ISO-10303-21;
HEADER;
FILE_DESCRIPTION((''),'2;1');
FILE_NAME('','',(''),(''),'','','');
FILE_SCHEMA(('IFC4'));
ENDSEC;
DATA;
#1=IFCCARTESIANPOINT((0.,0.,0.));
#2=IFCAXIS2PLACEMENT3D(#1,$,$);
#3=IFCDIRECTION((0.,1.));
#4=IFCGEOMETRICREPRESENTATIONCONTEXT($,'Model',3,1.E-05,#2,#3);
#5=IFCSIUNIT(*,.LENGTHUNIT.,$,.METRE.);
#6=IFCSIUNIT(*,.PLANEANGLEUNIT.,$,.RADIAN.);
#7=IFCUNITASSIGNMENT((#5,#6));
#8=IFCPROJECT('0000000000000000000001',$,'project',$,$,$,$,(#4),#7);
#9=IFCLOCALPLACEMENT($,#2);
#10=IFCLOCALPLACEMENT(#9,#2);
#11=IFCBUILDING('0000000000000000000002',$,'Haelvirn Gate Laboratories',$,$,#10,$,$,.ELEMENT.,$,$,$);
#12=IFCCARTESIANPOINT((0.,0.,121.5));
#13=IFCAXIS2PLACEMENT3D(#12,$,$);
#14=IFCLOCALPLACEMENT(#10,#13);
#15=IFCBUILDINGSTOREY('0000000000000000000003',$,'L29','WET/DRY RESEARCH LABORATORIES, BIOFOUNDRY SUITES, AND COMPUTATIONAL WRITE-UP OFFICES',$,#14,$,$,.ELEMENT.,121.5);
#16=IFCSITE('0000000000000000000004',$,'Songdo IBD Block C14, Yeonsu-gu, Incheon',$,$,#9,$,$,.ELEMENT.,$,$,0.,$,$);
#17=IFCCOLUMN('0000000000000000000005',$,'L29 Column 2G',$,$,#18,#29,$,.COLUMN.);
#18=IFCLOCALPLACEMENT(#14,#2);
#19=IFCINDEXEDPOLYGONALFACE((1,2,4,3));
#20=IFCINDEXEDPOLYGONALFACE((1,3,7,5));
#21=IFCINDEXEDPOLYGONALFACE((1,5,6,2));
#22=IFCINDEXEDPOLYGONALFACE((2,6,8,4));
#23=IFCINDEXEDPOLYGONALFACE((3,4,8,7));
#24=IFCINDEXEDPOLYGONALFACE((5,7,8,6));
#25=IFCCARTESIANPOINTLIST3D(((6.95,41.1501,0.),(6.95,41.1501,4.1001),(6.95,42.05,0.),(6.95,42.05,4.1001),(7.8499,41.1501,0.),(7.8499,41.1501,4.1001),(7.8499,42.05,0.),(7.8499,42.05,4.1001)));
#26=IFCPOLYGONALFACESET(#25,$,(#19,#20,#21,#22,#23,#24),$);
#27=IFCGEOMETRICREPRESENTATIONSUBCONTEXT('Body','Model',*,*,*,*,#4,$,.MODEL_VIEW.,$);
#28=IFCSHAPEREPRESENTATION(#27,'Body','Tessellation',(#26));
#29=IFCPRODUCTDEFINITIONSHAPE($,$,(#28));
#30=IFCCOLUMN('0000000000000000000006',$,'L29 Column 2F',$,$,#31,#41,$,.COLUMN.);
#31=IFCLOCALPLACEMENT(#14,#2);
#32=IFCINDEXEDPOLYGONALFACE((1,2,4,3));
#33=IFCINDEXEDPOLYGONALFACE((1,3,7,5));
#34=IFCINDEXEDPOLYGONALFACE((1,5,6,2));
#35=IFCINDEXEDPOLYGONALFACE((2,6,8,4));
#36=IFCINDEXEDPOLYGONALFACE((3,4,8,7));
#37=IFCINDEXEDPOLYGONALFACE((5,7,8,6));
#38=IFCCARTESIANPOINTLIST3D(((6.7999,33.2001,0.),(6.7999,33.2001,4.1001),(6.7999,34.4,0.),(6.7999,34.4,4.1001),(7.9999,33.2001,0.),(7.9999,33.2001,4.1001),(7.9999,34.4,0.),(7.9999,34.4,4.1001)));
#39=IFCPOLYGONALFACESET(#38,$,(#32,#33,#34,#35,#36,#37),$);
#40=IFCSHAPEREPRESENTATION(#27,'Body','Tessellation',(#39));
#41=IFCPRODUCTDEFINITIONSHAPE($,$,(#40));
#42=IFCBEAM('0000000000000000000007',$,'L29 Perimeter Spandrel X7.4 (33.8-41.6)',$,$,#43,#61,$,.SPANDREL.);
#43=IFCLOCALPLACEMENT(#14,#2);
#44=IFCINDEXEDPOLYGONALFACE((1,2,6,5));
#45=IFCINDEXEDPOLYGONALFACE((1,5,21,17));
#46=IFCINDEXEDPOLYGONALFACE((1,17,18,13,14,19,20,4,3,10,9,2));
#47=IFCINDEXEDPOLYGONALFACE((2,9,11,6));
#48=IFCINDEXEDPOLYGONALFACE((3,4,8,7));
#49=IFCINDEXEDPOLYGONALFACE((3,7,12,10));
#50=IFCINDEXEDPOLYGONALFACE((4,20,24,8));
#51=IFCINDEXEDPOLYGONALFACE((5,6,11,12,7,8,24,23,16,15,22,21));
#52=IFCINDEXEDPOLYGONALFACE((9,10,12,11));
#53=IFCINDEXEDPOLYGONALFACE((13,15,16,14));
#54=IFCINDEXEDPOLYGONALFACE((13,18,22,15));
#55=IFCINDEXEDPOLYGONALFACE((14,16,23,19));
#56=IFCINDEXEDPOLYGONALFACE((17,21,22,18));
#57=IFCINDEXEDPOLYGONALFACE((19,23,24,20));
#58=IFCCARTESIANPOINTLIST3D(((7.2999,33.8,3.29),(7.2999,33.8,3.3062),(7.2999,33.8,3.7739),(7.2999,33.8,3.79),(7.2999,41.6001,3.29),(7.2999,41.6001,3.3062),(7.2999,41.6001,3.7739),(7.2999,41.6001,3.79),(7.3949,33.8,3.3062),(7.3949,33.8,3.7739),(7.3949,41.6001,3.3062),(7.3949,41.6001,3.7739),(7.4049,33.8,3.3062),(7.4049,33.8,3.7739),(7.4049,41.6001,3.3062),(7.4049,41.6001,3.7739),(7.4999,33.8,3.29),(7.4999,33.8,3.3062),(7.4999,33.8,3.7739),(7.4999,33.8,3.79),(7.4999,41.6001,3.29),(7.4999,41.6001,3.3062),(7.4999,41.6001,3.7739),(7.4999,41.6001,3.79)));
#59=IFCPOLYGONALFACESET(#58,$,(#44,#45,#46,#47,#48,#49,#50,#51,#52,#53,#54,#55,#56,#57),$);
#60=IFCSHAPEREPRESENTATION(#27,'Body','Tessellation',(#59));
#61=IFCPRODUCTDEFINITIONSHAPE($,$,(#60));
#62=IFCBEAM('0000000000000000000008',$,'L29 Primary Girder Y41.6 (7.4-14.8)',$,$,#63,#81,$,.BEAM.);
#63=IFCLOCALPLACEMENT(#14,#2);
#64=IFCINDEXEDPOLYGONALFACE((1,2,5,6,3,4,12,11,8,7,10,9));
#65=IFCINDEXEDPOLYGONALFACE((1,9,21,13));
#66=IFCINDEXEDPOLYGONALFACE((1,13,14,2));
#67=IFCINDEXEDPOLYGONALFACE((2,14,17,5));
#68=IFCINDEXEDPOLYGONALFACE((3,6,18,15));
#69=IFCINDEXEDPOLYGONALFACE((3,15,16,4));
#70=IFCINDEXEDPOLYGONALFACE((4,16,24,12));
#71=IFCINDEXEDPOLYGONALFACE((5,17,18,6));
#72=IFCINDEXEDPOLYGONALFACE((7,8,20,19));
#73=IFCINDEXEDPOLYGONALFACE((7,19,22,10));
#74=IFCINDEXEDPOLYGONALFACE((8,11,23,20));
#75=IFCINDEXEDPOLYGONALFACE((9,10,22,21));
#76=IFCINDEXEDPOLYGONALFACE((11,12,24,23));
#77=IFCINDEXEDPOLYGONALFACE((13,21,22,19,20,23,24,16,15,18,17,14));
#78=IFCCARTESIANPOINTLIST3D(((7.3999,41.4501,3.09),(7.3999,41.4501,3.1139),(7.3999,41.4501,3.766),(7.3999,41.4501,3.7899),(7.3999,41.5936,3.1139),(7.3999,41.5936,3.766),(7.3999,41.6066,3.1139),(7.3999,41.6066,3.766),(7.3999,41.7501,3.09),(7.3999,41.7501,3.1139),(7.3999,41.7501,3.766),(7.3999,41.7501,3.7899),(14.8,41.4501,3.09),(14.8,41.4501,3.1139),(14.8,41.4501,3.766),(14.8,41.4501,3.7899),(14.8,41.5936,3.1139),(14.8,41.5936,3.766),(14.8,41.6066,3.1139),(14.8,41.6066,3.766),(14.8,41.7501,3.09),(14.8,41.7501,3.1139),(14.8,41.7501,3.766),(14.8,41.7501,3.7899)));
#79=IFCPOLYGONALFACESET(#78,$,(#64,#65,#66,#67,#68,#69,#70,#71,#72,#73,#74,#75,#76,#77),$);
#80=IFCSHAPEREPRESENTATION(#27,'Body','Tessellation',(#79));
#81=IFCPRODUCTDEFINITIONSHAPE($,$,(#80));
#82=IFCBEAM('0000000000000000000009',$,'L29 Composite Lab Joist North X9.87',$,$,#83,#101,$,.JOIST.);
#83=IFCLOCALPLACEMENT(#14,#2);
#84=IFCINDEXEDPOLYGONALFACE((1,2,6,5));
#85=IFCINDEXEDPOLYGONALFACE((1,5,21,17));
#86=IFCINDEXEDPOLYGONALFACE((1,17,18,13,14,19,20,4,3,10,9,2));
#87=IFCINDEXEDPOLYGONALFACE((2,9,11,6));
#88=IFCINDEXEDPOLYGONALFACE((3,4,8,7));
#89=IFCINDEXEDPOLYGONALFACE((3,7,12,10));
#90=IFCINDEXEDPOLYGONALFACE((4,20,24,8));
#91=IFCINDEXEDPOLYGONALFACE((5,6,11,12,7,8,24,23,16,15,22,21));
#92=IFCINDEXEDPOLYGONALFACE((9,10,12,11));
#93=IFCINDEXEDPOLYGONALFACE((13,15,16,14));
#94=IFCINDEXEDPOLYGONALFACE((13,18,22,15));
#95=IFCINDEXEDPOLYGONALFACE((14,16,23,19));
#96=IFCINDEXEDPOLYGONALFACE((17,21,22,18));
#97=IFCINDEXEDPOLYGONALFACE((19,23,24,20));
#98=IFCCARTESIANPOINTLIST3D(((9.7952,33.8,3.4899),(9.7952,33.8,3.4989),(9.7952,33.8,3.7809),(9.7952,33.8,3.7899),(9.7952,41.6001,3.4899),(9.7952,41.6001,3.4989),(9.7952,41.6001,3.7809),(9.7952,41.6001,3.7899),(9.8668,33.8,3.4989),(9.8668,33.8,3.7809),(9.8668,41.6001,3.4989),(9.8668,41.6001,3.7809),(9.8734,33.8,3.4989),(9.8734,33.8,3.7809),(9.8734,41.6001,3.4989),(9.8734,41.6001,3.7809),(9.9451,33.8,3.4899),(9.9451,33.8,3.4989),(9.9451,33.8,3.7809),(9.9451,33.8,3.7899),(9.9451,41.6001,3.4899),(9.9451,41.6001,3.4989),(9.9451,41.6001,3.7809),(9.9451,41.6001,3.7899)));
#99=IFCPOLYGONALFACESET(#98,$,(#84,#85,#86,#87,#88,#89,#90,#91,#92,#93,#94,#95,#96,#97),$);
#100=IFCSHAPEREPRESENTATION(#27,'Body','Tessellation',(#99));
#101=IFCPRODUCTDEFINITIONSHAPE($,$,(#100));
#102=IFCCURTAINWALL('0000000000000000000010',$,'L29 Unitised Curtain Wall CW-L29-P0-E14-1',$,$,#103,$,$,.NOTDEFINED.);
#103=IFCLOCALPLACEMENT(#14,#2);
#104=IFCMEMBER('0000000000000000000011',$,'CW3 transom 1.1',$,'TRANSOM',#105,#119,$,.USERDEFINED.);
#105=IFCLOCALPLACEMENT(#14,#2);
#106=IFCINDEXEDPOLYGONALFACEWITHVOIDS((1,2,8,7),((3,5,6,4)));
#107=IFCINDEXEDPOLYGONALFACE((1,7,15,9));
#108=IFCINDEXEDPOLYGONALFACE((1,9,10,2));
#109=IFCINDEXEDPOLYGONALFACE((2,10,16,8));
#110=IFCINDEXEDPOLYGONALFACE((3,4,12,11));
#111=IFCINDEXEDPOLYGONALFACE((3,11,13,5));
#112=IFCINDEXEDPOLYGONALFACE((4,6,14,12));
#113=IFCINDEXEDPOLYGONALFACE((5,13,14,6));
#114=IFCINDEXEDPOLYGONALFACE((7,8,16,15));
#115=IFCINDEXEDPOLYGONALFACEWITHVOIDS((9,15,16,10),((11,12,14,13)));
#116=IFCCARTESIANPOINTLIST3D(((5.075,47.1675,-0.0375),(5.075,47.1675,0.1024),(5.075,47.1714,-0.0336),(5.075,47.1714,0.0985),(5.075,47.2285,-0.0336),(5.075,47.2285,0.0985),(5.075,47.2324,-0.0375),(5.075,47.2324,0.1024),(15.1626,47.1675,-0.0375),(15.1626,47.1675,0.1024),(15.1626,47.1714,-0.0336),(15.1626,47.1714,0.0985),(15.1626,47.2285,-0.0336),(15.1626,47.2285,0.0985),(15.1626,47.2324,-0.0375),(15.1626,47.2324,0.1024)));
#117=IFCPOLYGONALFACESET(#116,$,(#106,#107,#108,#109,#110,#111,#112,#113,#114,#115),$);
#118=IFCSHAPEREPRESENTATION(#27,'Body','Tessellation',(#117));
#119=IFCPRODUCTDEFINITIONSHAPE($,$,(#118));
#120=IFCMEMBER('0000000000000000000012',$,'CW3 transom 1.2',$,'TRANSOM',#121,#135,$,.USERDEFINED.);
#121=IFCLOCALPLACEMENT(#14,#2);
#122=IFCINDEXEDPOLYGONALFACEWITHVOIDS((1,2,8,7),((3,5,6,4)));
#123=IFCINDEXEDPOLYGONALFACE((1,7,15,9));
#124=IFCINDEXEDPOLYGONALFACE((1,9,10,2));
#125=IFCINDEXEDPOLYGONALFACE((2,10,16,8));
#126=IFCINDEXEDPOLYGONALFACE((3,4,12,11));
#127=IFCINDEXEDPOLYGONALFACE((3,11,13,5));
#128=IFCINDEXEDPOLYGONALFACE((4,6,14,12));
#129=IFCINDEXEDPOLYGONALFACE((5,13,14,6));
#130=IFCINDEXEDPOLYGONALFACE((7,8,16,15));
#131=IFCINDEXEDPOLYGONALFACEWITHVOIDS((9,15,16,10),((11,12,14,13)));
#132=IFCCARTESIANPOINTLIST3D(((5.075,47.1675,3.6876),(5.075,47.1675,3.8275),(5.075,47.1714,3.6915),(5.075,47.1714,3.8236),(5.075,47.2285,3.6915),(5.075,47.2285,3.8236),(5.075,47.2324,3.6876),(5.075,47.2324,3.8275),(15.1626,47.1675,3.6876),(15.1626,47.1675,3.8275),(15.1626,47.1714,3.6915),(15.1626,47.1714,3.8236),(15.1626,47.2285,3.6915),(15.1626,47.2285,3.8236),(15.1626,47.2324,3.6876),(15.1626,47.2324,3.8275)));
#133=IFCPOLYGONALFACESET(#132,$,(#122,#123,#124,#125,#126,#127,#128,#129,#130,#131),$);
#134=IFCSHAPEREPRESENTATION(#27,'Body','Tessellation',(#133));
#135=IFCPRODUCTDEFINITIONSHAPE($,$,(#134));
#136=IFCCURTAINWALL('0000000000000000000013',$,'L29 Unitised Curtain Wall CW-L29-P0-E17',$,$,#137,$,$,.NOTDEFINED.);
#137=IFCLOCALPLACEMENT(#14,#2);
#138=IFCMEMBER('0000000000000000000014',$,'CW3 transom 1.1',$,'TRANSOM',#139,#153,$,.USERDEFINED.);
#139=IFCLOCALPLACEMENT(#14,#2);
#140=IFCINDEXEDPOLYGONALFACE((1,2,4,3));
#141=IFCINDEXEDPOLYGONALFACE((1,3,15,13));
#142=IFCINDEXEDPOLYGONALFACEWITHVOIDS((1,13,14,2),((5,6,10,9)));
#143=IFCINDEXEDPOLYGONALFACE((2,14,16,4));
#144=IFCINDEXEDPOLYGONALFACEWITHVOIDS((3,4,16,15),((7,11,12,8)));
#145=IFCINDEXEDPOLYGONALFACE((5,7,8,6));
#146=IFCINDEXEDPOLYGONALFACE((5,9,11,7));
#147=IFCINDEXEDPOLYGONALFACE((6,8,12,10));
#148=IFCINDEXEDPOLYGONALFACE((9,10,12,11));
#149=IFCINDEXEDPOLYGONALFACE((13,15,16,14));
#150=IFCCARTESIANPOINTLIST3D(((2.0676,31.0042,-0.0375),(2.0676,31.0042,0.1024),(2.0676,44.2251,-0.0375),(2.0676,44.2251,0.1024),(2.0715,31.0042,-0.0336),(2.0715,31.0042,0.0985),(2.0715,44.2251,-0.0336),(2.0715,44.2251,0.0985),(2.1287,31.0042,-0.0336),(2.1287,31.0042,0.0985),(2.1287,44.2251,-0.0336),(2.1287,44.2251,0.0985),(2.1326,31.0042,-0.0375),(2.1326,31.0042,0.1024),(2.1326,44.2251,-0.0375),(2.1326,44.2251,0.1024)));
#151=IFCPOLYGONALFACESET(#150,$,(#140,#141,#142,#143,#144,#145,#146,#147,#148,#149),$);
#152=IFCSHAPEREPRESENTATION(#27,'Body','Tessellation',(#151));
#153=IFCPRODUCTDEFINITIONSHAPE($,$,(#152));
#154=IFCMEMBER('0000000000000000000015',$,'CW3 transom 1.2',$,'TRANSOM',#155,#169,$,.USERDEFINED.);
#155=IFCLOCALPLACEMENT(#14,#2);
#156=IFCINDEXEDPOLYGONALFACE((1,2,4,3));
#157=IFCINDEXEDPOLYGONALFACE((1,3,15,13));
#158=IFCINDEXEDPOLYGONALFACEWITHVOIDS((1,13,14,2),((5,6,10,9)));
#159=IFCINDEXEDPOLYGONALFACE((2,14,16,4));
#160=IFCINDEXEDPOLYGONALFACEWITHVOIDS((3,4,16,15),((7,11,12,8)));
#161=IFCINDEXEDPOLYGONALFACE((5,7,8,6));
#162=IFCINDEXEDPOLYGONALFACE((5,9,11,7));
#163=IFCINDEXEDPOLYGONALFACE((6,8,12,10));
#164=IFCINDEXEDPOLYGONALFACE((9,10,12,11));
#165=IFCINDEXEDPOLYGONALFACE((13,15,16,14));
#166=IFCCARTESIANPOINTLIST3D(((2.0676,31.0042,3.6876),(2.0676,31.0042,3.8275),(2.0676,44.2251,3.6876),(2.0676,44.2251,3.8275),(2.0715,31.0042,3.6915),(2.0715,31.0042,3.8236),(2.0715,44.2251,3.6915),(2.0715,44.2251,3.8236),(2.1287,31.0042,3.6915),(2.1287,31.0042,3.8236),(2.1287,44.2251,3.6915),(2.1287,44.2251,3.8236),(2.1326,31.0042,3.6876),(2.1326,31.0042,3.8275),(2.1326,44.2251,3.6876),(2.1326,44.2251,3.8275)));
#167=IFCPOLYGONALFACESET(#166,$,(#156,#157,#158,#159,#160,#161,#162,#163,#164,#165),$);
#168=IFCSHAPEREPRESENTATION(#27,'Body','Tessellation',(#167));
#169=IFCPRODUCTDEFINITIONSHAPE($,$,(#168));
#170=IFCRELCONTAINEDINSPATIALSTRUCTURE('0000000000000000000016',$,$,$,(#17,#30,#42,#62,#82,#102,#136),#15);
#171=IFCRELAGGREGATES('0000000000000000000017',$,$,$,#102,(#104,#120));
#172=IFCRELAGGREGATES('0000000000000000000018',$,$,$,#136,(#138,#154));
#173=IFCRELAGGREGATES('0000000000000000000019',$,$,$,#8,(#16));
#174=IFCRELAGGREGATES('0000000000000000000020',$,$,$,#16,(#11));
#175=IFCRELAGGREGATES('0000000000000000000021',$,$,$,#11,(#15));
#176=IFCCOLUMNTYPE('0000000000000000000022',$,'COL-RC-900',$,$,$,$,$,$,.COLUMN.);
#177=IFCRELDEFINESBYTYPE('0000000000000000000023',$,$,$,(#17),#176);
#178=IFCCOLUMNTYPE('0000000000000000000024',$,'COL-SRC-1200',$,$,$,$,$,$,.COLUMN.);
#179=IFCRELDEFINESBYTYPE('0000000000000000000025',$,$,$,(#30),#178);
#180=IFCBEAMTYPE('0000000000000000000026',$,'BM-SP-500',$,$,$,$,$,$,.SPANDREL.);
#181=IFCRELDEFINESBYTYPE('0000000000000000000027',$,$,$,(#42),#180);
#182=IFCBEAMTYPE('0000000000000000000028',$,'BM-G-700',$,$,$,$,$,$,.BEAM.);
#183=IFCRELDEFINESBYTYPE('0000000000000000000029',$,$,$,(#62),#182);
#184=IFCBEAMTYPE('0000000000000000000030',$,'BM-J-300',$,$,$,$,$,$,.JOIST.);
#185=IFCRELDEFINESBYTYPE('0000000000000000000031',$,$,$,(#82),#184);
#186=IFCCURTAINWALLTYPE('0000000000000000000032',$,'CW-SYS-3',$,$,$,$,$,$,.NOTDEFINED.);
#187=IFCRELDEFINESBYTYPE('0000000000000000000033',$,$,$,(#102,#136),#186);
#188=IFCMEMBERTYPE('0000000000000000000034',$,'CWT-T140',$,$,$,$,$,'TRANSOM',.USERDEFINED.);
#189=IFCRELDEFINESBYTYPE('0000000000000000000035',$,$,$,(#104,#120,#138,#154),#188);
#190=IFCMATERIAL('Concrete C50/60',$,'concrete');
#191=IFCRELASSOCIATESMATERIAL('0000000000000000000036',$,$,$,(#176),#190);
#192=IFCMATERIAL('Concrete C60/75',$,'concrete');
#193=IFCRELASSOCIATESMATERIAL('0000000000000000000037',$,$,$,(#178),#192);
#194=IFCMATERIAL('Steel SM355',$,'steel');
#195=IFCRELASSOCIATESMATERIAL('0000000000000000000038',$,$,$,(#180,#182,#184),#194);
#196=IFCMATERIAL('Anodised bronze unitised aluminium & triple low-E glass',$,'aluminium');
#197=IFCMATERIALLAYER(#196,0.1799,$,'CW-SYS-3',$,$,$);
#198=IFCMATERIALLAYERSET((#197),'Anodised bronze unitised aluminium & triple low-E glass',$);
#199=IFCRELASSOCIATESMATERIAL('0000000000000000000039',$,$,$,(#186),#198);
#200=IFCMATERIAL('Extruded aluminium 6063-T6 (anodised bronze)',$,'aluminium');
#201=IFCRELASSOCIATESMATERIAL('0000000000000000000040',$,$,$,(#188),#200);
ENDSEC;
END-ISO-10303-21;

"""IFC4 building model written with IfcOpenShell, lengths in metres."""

from ifc_helpers import new_model, si_unit, direction, frame, origin, origin_2d, place, context, subcontext, project, spatial, rectangle, hollow_rectangle, i_section, extrude, source, transform, mapped, material, layer, layer_set, material_profile, profile_set, type_object, type_shapes, element, aggregate, save


model = new_model("IFC4")

# Units and contexts
model_context = context("Model", 3, precision=1e-05, world=origin(), true_north=direction((0.0, 1.0)))
body_context = subcontext(model_context, "Body", "Model", "MODEL_VIEW")
ifc_project = project(units=[si_unit("LENGTHUNIT", "METRE"), si_unit("PLANEANGLEUNIT", "RADIAN")], contexts=[model_context])

# Site, building, storey
site_placement = place(None, origin())
site = spatial("IfcSite", under=ifc_project, at=site_placement, Name="Songdo IBD Block C14, Yeonsu-gu, Incheon", CompositionType="ELEMENT", RefElevation=0.0)
building_placement = place(site_placement, origin())
building = spatial("IfcBuilding", under=site, at=building_placement, Name="Haelvirn Gate Laboratories", CompositionType="ELEMENT")
storey_placement = place(building_placement, frame((0.0, 0.0, 121.5)))
storey = spatial("IfcBuildingStorey", under=building, at=storey_placement, Name="L29", Description="WET/DRY RESEARCH LABORATORIES, BIOFOUNDRY SUITES, AND COMPUTATIONAL WRITE-UP OFFICES", CompositionType="ELEMENT", Elevation=121.5)

# Columns
ifc_material_1 = material(Name="Concrete C50/60", Category="concrete")
ifc_material_profile_1 = material_profile(ifc_material_1, rectangle(XDim=0.8999, YDim=0.8999, at=origin_2d()), Name="RC-900x900")
ifc_profile_set_1 = profile_set([ifc_material_profile_1], Name="Concrete C50/60")
column_type_1 = type_object("IfcColumnType", Name="COL-RC-900", PredefinedType="COLUMN", material=ifc_profile_set_1)
shared_shape_1 = source(origin(), body_context, "Body", "SweptSolid", [
    extrude(rectangle(XDim=0.8999, YDim=0.8999, at=origin_2d()), origin(), (0.0, 0.0, 1.0), 4.1001),
])
type_shapes(column_type_1, [shared_shape_1])
column_1_placement = place(storey_placement, frame((7.3999, 41.6001, 0.0), z_axis=(0.0, 0.0, 1.0), x_axis=(1.0, 0.0, 0.0)))
element("IfcColumn", 1, at=column_1_placement, inside=storey, type_object=column_type_1, Name="L29 Column 2G", PredefinedType="COLUMN", context=body_context, shape_type="MappedRepresentation", body=[
    mapped(shared_shape_1, transform((0.0, 0.0, 0.0), scale=1.0)),
])
ifc_material_2 = material(Name="Concrete C60/75", Category="concrete")
ifc_material_profile_2 = material_profile(ifc_material_2, rectangle(XDim=1.2, YDim=1.2, at=origin_2d()), Name="SRC-1200x1200")
ifc_profile_set_2 = profile_set([ifc_material_profile_2], Name="Concrete C60/75")
column_type_2 = type_object("IfcColumnType", Name="COL-SRC-1200", PredefinedType="COLUMN", material=ifc_profile_set_2)
shared_shape_2 = source(origin(), body_context, "Body", "SweptSolid", [
    extrude(rectangle(XDim=1.2, YDim=1.2, at=origin_2d()), origin(), (0.0, 0.0, 1.0), 4.1001),
])
type_shapes(column_type_2, [shared_shape_2])
column_2_placement = place(storey_placement, frame((7.3999, 33.8, 0.0), z_axis=(0.0, 0.0, 1.0), x_axis=(1.0, 0.0, 0.0)))
element("IfcColumn", 2, at=column_2_placement, inside=storey, type_object=column_type_2, Name="L29 Column 2F", PredefinedType="COLUMN", context=body_context, shape_type="MappedRepresentation", body=[
    mapped(shared_shape_2, transform((0.0, 0.0, 0.0), scale=1.0)),
])

# Beams
ifc_material_3 = material(Name="Steel SM355", Category="steel")
ifc_material_profile_3 = material_profile(ifc_material_3, i_section(OverallWidth=0.2, OverallDepth=0.5, WebThickness=0.01, FlangeThickness=0.0161, at=origin_2d()), Name="H-500x200x10x16")
ifc_profile_set_3 = profile_set([ifc_material_profile_3], Name="Steel SM355")
beam_type_1 = type_object("IfcBeamType", Name="BM-SP-500", PredefinedType="SPANDREL", material=ifc_profile_set_3)
shared_shape_3 = source(origin(), body_context, "Body", "SweptSolid", [
    extrude(i_section(OverallWidth=0.2, OverallDepth=0.5, WebThickness=0.01, FlangeThickness=0.0161, at=origin_2d()), origin(), (0.0, 0.0, 1.0), 7.8),
])
type_shapes(beam_type_1, [shared_shape_3])
beam_1_placement = place(storey_placement, frame((7.3999, 33.8, 3.54), z_axis=(0.0, 1.0, 0.0), x_axis=(-1.0, 0.0, 0.0)))
element("IfcBeam", 3, at=beam_1_placement, inside=storey, type_object=beam_type_1, Name="L29 Perimeter Spandrel X7.4 (33.8-41.6)", PredefinedType="SPANDREL", context=body_context, shape_type="MappedRepresentation", body=[
    mapped(shared_shape_3, transform((0.0, 0.0, 0.0), scale=1.0)),
])
ifc_material_profile_4 = material_profile(ifc_material_3, i_section(OverallWidth=0.3, OverallDepth=0.7, WebThickness=0.0129, FlangeThickness=0.0239, at=origin_2d()), Name="H-700x300x13x24")
ifc_profile_set_4 = profile_set([ifc_material_profile_4], Name="Steel SM355")
beam_type_2 = type_object("IfcBeamType", Name="BM-G-700", PredefinedType="BEAM", material=ifc_profile_set_4)
shared_shape_4 = source(origin(), body_context, "Body", "SweptSolid", [
    extrude(i_section(OverallWidth=0.3, OverallDepth=0.7, WebThickness=0.0129, FlangeThickness=0.0239, at=origin_2d()), origin(), (0.0, 0.0, 1.0), 7.4001),
])
type_shapes(beam_type_2, [shared_shape_4])
beam_2_placement = place(storey_placement, frame((7.3999, 41.6001, 3.4399), z_axis=(1.0, 0.0, 0.0), x_axis=(0.0, 1.0, 0.0)))
element("IfcBeam", 4, at=beam_2_placement, inside=storey, type_object=beam_type_2, Name="L29 Primary Girder Y41.6 (7.4-14.8)", PredefinedType="BEAM", context=body_context, shape_type="MappedRepresentation", body=[
    mapped(shared_shape_4, transform((0.0, 0.0, 0.0), scale=1.0)),
])
ifc_material_profile_5 = material_profile(ifc_material_3, i_section(OverallWidth=0.1499, OverallDepth=0.3, WebThickness=0.0066, FlangeThickness=0.009, at=origin_2d()), Name="H-300x150x6.5x9")
ifc_profile_set_5 = profile_set([ifc_material_profile_5], Name="Steel SM355")
beam_type_3 = type_object("IfcBeamType", Name="BM-J-300", PredefinedType="JOIST", material=ifc_profile_set_5)
shared_shape_5 = source(origin(), body_context, "Body", "SweptSolid", [
    extrude(i_section(OverallWidth=0.1499, OverallDepth=0.3, WebThickness=0.0066, FlangeThickness=0.009, at=origin_2d()), origin(), (0.0, 0.0, 1.0), 7.8),
])
type_shapes(beam_type_3, [shared_shape_5])
beam_3_placement = place(storey_placement, frame((9.8701, 33.8, 3.6399), z_axis=(0.0, 1.0, 0.0), x_axis=(-1.0, 0.0, 0.0)))
element("IfcBeam", 5, at=beam_3_placement, inside=storey, type_object=beam_type_3, Name="L29 Composite Lab Joist North X9.87", PredefinedType="JOIST", context=body_context, shape_type="MappedRepresentation", body=[
    mapped(shared_shape_5, transform((0.0, 0.0, 0.0), scale=1.0)),
])

# Curtain walls, members
ifc_material_4 = material(Name="Anodised bronze unitised aluminium & triple low-E glass", Category="aluminium")
ifc_layer_1 = layer(ifc_material_4, 0.1799, Name="CW-SYS-3")
ifc_layer_set_1 = layer_set([ifc_layer_1], Name="Anodised bronze unitised aluminium & triple low-E glass")
curtain_wall_type_1 = type_object("IfcCurtainWallType", Name="CW-SYS-3", PredefinedType="NOTDEFINED", material=ifc_layer_set_1)
curtain_wall_1_placement = place(storey_placement, origin())
curtain_wall_1 = element("IfcCurtainWall", 6, at=curtain_wall_1_placement, inside=storey, type_object=curtain_wall_type_1, Name="L29 Unitised Curtain Wall CW-L29-P0-E14-1", PredefinedType="NOTDEFINED")
ifc_material_5 = material(Name="Extruded aluminium 6063-T6 (anodised bronze)", Category="aluminium")
ifc_material_profile_6 = material_profile(ifc_material_5, hollow_rectangle(XDim=0.0649, YDim=0.1399, WallThickness=0.0039, at=origin_2d()), Name="CWT-140x65x4")
ifc_profile_set_6 = profile_set([ifc_material_profile_6], Name="Extruded aluminium 6063-T6 (anodised bronze)")
member_type_1 = type_object("IfcMemberType", Name="CWT-T140", ElementType="TRANSOM", PredefinedType="USERDEFINED", material=ifc_profile_set_6)
shared_shape_6 = source(origin(), body_context, "Body", "SweptSolid", [
    extrude(hollow_rectangle(XDim=0.0649, YDim=0.1399, WallThickness=0.0039, at=origin_2d()), origin(), (0.0, 0.0, 1.0), 10.0876),
])
member_1_placement = place(storey_placement, frame((5.075, 47.2, 0.0325), z_axis=(1.0, 0.0, 0.0), x_axis=(0.0, 1.0, 0.0)))
member_1 = element("IfcMember", 7, at=member_1_placement, type_object=member_type_1, Name="CW3 transom 1.1", ObjectType="TRANSOM", PredefinedType="USERDEFINED", context=body_context, shape_type="MappedRepresentation", body=[
    mapped(shared_shape_6, transform((0.0, 0.0, 0.0), scale=1.0)),
])
member_2_placement = place(storey_placement, frame((5.075, 47.2, 3.7576), z_axis=(1.0, 0.0, 0.0), x_axis=(0.0, 1.0, 0.0)))
member_2 = element("IfcMember", 8, at=member_2_placement, type_object=member_type_1, Name="CW3 transom 1.2", ObjectType="TRANSOM", PredefinedType="USERDEFINED", context=body_context, shape_type="MappedRepresentation", body=[
    mapped(shared_shape_6, transform((0.0, 0.0, 0.0), scale=1.0)),
])
curtain_wall_2_placement = place(storey_placement, origin())
curtain_wall_2 = element("IfcCurtainWall", 9, at=curtain_wall_2_placement, inside=storey, type_object=curtain_wall_type_1, Name="L29 Unitised Curtain Wall CW-L29-P0-E17", PredefinedType="NOTDEFINED")
shared_shape_7 = source(origin(), body_context, "Body", "SweptSolid", [
    extrude(hollow_rectangle(XDim=0.0649, YDim=0.1399, WallThickness=0.0039, at=origin_2d()), origin(), (0.0, 0.0, 1.0), 13.2209),
])
member_3_placement = place(storey_placement, frame((2.1001, 44.2251, 0.0325), z_axis=(0.0, -1.0, 0.0), x_axis=(1.0, 0.0, 0.0)))
member_3 = element("IfcMember", 10, at=member_3_placement, type_object=member_type_1, Name="CW3 transom 1.1", ObjectType="TRANSOM", PredefinedType="USERDEFINED", context=body_context, shape_type="MappedRepresentation", body=[
    mapped(shared_shape_7, transform((0.0, 0.0, 0.0), scale=1.0)),
])
member_4_placement = place(storey_placement, frame((2.1001, 44.2251, 3.7576), z_axis=(0.0, -1.0, 0.0), x_axis=(1.0, 0.0, 0.0)))
member_4 = element("IfcMember", 11, at=member_4_placement, type_object=member_type_1, Name="CW3 transom 1.2", ObjectType="TRANSOM", PredefinedType="USERDEFINED", context=body_context, shape_type="MappedRepresentation", body=[
    mapped(shared_shape_7, transform((0.0, 0.0, 0.0), scale=1.0)),
])

aggregate(curtain_wall_1, [member_1, member_2])
aggregate(curtain_wall_2, [member_3, member_4])

save(model, "model.ifc")
